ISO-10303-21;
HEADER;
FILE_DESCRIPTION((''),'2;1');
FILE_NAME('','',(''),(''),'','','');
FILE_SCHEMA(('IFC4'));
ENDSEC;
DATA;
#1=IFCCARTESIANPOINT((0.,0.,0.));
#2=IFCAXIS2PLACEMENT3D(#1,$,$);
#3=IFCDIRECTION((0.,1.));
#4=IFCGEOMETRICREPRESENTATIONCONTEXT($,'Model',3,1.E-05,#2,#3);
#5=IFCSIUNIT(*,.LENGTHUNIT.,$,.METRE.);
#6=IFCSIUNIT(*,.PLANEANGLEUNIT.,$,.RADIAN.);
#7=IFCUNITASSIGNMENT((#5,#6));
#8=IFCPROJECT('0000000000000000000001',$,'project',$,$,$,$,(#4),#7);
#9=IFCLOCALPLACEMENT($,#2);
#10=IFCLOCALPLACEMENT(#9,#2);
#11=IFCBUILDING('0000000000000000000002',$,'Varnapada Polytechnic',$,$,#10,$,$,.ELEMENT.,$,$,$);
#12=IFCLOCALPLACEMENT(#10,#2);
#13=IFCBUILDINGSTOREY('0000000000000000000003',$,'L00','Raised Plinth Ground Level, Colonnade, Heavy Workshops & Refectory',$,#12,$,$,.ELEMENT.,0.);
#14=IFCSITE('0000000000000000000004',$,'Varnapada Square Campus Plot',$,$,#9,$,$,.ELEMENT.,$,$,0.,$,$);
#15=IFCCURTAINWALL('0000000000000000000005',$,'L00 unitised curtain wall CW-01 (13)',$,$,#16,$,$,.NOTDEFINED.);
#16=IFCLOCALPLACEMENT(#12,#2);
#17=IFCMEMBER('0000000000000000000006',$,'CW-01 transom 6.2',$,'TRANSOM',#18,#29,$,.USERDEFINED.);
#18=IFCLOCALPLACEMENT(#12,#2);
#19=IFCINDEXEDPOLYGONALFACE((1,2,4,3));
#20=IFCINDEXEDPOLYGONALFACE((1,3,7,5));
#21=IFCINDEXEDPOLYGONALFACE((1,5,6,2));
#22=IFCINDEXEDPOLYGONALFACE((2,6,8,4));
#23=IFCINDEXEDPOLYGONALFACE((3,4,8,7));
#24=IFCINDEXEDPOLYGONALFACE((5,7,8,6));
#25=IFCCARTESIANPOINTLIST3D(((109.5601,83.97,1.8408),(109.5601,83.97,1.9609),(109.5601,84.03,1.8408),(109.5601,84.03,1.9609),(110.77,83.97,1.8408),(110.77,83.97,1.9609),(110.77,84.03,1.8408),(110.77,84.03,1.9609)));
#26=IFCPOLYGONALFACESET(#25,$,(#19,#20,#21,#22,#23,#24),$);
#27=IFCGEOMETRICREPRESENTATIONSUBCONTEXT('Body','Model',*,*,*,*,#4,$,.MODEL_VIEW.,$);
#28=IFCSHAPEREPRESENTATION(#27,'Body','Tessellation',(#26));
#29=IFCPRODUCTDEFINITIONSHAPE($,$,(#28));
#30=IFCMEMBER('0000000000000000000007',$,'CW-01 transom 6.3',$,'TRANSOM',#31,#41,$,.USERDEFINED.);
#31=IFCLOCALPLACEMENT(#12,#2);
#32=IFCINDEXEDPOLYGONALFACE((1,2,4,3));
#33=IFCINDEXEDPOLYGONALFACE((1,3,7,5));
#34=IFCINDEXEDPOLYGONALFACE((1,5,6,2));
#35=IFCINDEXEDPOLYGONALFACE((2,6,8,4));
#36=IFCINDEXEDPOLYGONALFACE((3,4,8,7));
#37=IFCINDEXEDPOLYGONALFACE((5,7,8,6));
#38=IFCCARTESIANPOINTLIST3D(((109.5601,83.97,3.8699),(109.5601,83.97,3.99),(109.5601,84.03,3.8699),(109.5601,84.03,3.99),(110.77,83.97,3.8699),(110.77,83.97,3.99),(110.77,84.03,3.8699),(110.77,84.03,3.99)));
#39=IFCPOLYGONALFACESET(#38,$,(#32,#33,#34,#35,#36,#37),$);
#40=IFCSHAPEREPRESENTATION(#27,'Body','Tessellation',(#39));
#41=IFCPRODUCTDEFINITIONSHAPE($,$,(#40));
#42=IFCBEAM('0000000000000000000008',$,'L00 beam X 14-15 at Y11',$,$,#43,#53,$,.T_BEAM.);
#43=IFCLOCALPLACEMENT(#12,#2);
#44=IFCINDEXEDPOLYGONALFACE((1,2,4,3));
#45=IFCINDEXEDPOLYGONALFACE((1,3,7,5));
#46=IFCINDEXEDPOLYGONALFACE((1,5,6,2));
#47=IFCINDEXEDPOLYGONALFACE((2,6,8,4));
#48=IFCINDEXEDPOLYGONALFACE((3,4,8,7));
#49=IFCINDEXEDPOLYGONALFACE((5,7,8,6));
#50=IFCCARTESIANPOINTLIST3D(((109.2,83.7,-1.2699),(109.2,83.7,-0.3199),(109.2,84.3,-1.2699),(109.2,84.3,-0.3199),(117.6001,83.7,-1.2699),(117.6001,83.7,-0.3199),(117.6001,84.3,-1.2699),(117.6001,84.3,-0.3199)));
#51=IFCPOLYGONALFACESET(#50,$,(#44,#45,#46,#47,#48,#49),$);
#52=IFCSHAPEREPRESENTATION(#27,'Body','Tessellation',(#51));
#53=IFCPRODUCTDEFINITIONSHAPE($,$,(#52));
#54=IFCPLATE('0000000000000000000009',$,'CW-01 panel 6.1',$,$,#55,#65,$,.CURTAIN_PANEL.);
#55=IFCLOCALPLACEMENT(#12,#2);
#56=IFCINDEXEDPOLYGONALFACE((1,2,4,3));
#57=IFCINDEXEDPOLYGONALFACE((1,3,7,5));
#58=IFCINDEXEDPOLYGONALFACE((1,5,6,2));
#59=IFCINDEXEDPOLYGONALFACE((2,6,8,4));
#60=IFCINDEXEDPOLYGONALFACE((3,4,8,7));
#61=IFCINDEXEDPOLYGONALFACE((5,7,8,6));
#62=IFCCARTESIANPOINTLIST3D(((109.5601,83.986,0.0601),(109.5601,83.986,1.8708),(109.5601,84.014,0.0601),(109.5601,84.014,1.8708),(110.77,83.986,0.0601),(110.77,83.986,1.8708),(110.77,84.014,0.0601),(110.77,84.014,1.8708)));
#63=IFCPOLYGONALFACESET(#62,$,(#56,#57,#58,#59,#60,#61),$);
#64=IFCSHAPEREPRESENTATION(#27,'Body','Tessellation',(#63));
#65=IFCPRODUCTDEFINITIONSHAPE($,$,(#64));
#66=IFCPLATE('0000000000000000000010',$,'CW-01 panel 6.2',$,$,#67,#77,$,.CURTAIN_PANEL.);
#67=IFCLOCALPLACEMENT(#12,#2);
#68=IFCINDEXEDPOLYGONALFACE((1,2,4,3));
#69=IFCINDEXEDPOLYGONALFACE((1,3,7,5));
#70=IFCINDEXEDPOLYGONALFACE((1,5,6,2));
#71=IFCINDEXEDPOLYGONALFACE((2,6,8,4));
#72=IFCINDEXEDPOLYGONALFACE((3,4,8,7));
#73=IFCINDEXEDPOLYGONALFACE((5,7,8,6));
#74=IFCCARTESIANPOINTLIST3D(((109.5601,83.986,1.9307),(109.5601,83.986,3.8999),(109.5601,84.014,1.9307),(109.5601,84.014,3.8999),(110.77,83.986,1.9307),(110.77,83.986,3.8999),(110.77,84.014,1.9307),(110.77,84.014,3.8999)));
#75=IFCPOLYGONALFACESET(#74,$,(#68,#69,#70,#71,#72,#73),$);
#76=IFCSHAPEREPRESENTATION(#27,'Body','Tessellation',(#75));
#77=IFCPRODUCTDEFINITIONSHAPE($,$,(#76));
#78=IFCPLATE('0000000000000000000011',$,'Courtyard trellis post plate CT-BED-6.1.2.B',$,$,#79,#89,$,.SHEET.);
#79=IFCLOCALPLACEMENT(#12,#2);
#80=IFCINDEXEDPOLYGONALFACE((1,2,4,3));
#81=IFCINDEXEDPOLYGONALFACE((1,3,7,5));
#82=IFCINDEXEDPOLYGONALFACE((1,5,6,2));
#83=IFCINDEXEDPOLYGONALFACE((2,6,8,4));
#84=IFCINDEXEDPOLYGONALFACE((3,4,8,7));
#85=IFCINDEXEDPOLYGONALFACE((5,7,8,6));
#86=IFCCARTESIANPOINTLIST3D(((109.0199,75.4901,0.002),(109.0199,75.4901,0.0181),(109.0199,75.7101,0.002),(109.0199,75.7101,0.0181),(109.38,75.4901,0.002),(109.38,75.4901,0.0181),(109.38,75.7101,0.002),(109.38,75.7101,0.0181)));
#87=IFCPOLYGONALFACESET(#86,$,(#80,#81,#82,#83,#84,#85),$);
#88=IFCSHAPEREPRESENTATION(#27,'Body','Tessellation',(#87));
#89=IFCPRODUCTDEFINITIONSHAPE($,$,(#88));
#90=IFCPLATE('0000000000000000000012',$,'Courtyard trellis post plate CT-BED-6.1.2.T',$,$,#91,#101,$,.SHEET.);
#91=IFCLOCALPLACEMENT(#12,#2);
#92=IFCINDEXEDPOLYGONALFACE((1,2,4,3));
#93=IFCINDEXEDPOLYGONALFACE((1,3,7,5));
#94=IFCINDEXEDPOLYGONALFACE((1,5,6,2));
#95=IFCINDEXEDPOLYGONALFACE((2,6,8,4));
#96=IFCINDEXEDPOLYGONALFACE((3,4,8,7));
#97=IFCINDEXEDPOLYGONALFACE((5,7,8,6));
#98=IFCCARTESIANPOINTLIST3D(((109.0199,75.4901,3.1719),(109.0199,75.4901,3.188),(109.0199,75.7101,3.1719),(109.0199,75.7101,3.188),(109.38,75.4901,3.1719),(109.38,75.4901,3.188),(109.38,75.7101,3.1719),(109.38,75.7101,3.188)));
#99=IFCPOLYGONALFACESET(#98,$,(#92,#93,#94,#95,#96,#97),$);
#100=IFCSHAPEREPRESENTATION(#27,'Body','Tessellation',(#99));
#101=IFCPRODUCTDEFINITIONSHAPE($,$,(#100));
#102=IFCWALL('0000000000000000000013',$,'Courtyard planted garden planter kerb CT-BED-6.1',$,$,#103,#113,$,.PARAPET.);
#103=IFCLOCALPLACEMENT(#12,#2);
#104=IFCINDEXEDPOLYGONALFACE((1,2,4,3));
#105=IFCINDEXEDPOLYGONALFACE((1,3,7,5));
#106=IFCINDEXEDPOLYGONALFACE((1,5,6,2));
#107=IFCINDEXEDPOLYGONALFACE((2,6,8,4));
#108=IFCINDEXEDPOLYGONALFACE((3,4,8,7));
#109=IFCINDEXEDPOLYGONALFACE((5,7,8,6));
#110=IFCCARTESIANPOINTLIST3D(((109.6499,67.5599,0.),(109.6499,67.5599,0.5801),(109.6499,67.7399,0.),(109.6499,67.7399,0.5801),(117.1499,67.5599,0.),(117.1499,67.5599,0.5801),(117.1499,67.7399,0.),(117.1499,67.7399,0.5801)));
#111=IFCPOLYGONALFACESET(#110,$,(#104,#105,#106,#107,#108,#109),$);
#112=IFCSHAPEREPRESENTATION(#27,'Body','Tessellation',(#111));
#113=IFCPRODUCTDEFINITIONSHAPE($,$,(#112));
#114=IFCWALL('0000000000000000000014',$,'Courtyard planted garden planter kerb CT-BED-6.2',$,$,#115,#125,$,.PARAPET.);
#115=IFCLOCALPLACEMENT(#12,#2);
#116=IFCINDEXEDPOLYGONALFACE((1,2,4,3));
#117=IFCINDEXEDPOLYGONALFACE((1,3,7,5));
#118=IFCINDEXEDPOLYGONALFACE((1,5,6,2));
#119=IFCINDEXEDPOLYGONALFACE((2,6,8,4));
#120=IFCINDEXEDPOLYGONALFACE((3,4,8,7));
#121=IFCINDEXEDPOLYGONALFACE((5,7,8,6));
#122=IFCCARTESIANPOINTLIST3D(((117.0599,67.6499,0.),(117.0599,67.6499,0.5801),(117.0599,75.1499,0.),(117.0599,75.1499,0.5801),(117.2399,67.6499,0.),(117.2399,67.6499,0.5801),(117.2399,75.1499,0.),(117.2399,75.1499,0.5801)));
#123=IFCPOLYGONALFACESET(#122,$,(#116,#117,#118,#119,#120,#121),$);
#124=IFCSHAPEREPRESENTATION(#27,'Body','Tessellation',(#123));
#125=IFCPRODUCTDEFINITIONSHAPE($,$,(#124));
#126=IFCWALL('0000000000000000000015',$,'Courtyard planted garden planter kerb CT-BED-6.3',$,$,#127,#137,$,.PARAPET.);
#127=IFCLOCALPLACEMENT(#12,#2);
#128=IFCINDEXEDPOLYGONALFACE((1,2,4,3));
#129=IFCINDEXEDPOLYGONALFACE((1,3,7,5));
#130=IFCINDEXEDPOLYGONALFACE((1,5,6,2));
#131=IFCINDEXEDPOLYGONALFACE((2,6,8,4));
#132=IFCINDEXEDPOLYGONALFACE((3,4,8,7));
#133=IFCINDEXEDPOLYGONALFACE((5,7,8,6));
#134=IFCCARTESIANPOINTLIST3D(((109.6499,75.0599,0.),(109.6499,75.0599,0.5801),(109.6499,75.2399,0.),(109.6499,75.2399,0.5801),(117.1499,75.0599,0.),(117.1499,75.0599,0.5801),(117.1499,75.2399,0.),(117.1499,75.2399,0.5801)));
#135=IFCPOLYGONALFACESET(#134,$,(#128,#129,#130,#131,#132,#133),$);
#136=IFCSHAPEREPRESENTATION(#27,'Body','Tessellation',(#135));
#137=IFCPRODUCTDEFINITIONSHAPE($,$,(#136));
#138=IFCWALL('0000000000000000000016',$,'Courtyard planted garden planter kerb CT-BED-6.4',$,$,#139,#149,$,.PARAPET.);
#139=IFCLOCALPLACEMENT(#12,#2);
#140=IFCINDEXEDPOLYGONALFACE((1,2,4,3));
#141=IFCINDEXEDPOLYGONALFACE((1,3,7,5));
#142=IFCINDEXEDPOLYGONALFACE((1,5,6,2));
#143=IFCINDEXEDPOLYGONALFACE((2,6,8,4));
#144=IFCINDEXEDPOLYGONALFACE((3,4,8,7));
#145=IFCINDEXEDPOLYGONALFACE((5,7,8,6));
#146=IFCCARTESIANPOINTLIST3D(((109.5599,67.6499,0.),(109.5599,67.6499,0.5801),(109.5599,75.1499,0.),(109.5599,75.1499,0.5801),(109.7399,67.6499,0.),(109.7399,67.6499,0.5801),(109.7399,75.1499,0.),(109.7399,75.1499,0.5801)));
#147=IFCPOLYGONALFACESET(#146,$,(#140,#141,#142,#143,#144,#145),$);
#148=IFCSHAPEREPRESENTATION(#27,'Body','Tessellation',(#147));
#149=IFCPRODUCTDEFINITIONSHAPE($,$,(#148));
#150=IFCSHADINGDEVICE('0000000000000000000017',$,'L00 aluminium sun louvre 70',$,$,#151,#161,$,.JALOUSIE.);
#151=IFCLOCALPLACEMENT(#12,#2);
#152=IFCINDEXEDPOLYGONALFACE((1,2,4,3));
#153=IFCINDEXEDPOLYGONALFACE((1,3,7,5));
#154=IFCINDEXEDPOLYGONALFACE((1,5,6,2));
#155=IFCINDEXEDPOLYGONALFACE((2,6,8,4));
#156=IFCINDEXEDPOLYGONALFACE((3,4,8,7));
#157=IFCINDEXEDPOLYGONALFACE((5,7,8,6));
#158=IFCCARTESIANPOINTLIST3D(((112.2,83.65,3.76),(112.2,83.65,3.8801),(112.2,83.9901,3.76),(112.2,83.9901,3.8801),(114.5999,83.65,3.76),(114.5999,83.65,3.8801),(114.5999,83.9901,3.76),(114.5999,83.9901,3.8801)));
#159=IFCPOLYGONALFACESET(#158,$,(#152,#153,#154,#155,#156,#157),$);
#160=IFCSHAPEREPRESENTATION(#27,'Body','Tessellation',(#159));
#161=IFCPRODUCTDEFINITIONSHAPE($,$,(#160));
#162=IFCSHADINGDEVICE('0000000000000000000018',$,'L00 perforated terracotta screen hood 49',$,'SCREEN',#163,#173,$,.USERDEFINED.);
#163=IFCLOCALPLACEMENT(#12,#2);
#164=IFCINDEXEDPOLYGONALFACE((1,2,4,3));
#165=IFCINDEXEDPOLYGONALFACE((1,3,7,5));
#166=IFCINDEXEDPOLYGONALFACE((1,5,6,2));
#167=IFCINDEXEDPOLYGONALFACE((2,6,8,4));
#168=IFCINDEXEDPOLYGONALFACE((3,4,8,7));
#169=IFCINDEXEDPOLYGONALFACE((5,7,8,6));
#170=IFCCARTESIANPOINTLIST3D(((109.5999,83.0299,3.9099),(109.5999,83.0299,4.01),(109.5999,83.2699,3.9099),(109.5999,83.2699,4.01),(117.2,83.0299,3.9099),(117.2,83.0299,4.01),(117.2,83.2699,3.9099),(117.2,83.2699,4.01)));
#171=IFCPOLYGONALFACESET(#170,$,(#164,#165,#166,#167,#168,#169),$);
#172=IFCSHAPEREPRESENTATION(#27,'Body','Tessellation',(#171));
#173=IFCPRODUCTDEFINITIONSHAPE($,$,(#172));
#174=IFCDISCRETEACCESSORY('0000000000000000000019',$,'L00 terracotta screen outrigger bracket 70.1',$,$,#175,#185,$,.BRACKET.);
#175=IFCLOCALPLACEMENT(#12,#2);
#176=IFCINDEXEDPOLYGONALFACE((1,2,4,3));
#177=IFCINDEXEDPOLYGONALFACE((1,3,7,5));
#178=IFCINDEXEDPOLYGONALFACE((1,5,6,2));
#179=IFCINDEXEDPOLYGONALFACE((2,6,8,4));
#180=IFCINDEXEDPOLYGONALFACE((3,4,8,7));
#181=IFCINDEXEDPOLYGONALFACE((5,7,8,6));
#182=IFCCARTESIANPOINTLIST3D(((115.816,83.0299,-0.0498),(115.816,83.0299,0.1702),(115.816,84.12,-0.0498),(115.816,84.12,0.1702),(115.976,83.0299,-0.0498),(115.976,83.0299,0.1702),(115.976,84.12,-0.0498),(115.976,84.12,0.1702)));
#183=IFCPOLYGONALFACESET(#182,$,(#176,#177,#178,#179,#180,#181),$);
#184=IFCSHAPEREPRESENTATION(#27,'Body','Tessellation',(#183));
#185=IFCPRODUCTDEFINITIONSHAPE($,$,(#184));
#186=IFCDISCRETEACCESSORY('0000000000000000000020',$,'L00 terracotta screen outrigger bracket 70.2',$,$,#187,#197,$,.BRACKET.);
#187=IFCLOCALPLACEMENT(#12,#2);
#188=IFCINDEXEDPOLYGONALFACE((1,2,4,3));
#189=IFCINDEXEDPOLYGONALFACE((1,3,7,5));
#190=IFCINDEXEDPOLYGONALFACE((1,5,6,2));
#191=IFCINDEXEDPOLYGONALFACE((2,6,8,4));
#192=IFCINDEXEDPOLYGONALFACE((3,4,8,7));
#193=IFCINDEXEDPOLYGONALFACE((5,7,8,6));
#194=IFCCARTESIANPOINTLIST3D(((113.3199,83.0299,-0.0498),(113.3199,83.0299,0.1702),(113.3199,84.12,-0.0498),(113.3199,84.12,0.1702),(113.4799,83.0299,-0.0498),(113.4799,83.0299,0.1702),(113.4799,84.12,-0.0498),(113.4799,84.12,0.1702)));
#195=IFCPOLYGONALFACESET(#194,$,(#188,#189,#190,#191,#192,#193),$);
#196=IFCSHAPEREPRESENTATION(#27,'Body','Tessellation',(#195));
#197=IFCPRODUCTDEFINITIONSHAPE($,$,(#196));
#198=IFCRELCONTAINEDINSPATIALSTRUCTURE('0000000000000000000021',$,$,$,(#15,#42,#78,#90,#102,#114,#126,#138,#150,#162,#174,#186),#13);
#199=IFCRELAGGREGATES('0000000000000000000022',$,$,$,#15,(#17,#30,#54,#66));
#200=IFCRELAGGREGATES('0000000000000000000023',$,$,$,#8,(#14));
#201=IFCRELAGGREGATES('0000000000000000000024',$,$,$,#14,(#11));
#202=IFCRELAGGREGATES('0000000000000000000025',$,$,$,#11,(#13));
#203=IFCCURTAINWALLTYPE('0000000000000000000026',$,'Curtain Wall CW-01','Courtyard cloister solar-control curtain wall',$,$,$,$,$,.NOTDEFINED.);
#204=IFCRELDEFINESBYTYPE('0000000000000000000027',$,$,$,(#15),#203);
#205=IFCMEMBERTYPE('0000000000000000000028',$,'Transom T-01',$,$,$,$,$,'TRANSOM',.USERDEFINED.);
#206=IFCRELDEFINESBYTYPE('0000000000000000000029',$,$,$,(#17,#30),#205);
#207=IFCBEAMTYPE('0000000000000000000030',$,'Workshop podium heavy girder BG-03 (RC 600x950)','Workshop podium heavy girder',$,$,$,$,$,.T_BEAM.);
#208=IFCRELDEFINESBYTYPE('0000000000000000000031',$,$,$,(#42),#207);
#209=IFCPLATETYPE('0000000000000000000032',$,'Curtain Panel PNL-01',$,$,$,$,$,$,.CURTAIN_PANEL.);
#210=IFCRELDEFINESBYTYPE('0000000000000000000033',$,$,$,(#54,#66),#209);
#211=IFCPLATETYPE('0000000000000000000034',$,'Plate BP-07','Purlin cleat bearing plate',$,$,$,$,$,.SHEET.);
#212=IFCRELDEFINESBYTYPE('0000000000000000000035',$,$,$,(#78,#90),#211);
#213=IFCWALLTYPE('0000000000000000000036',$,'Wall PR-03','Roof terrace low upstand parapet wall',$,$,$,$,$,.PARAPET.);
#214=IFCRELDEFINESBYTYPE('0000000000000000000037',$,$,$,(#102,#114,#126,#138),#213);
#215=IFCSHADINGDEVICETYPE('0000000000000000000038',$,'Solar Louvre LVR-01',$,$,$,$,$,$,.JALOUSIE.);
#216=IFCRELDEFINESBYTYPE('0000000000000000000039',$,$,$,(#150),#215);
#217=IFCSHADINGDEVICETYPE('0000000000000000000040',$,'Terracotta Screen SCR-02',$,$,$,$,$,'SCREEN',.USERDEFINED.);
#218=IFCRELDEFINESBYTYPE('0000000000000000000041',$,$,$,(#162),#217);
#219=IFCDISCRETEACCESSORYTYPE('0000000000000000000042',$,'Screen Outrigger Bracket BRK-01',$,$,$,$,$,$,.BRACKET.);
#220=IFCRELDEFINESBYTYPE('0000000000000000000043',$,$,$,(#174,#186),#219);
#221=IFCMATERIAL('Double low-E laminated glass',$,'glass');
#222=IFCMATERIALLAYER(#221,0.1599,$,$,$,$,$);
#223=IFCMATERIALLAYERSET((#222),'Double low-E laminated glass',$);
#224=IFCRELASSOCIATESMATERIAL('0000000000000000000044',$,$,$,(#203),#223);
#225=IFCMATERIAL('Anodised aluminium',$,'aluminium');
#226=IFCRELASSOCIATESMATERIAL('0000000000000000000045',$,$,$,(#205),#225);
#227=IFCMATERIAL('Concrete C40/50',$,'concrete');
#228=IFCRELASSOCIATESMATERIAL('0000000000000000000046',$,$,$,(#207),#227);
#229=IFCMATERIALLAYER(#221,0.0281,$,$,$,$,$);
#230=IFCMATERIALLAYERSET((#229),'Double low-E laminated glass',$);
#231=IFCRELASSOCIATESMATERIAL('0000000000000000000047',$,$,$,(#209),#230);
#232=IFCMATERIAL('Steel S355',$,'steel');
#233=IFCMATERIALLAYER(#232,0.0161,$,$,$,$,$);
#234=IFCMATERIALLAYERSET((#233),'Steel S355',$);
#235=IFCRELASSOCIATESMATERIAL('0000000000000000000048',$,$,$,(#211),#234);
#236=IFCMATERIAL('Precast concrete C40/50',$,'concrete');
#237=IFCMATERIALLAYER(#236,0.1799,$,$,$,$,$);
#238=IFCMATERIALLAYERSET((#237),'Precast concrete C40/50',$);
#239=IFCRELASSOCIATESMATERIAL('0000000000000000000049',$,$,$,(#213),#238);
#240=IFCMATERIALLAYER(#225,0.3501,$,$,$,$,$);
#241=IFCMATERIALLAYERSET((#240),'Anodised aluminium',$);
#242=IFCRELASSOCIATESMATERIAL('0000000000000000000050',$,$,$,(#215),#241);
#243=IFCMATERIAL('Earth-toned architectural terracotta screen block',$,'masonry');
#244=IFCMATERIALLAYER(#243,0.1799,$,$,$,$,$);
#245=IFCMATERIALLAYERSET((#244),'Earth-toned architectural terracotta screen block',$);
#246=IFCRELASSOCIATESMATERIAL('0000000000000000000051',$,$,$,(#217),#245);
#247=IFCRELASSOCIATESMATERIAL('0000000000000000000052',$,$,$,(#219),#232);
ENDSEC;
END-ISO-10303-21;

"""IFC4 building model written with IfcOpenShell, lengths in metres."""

from ifc_helpers import new_model, si_unit, direction, frame, frame_2d, origin, origin_2d, place, context, subcontext, project, spatial, rectangle, extrude, material, layer, layer_set, material_profile, profile_set, type_object, element, aggregate, save


model = new_model("IFC4")

# Units and contexts
model_context = context("Model", 3, precision=1e-05, world=origin(), true_north=direction((0.0, 1.0)))
body_context = subcontext(model_context, "Body", "Model", "MODEL_VIEW")
ifc_project = project(units=[si_unit("LENGTHUNIT", "METRE"), si_unit("PLANEANGLEUNIT", "RADIAN")], contexts=[model_context])

# Site, building, storey
site_placement = place(None, origin())
site = spatial("IfcSite", under=ifc_project, at=site_placement, Name="Varnapada Square Campus Plot", CompositionType="ELEMENT", RefElevation=0.0)
building_placement = place(site_placement, origin())
building = spatial("IfcBuilding", under=site, at=building_placement, Name="Varnapada Polytechnic", CompositionType="ELEMENT")
storey_placement = place(building_placement, origin())
storey = spatial("IfcBuildingStorey", under=building, at=storey_placement, Name="L00", Description="Raised Plinth Ground Level, Colonnade, Heavy Workshops & Refectory", CompositionType="ELEMENT", Elevation=0.0)

# Shared definitions
ifc_material_1 = material(Name="Concrete C40/50", Category="concrete")

# Curtain wall
ifc_material_2 = material(Name="Double low-E laminated glass", Category="glass")
ifc_layer_1 = layer(ifc_material_2, 0.1599)
ifc_layer_set_1 = layer_set([ifc_layer_1], Name="Double low-E laminated glass")
curtain_wall_type = type_object("IfcCurtainWallType", Name="Curtain Wall CW-01", Description="Courtyard cloister solar-control curtain wall", PredefinedType="NOTDEFINED", material=ifc_layer_set_1)
curtain_wall_placement = place(storey_placement, origin())
curtain_wall = element("IfcCurtainWall", 1, at=curtain_wall_placement, inside=storey, type_object=curtain_wall_type, Name="L00 unitised curtain wall CW-01 (13)", PredefinedType="NOTDEFINED")
ifc_material_3 = material(Name="Anodised aluminium", Category="aluminium")

# Members
ifc_material_4 = material(Name="Steel S355", Category="steel")
ifc_material_profile_1 = material_profile(ifc_material_3, rectangle(XDim=0.0601, YDim=0.1201, at=origin_2d()), Name="ALU T60x120")
ifc_profile_set_1 = profile_set([ifc_material_profile_1], Name="Anodised aluminium")
member_type_1 = type_object("IfcMemberType", Name="Transom T-01", ElementType="TRANSOM", PredefinedType="USERDEFINED", material=ifc_profile_set_1)
member_1_placement = place(storey_placement, frame((110.77, 84.0, 1.9009), z_axis=(-1.0, 0.0, 0.0), x_axis=(0.0, -1.0, 0.0)))
member_1 = element("IfcMember", 2, at=member_1_placement, type_object=member_type_1, Name="CW-01 transom 6.2", ObjectType="TRANSOM", PredefinedType="USERDEFINED", context=body_context, shape_type="SweptSolid", body=[
    extrude(rectangle(XDim=0.0601, YDim=0.1201, at=origin_2d()), origin(), (0.0, 0.0, 1.0), 1.21),
])
member_2_placement = place(storey_placement, frame((110.77, 84.0, 3.9299), z_axis=(-1.0, 0.0, 0.0), x_axis=(0.0, -1.0, 0.0)))
member_2 = element("IfcMember", 3, at=member_2_placement, type_object=member_type_1, Name="CW-01 transom 6.3", ObjectType="TRANSOM", PredefinedType="USERDEFINED", context=body_context, shape_type="SweptSolid", body=[
    extrude(rectangle(XDim=0.0601, YDim=0.1201, at=origin_2d()), origin(), (0.0, 0.0, 1.0), 1.21),
])

# Beam
ifc_material_profile_2 = material_profile(ifc_material_1, rectangle(XDim=0.6001, YDim=0.95, at=origin_2d()), Name="RC 600x950")
ifc_profile_set_2 = profile_set([ifc_material_profile_2], Name="Concrete C40/50")
beam_type_1 = type_object("IfcBeamType", Name="Workshop podium heavy girder BG-03 (RC 600x950)", Description="Workshop podium heavy girder", PredefinedType="T_BEAM", material=ifc_profile_set_2)
beam_1_placement = place(storey_placement, frame((109.2, 84.0, -0.7949), z_axis=(1.0, 0.0, 0.0), x_axis=(0.0, 1.0, 0.0)))
element("IfcBeam", 4, at=beam_1_placement, inside=storey, type_object=beam_type_1, Name="L00 beam X 14-15 at Y11", PredefinedType="T_BEAM", context=body_context, shape_type="SweptSolid", body=[
    extrude(rectangle(XDim=0.6001, YDim=0.95, at=origin_2d()), origin(), (0.0, 0.0, 1.0), 8.4001),
])

# Plates
ifc_layer_2 = layer(ifc_material_2, 0.0281)
ifc_layer_set_2 = layer_set([ifc_layer_2], Name="Double low-E laminated glass")
plate_type_1 = type_object("IfcPlateType", Name="Curtain Panel PNL-01", PredefinedType="CURTAIN_PANEL", material=ifc_layer_set_2)
plate_1_placement = place(storey_placement, frame((110.165, 84.0, 0.0601), z_axis=(0.0, 0.0, 1.0), x_axis=(-1.0, 0.0, 0.0)))
plate_1 = element("IfcPlate", 5, at=plate_1_placement, type_object=plate_type_1, Name="CW-01 panel 6.1", PredefinedType="CURTAIN_PANEL", context=body_context, shape_type="SweptSolid", body=[
    extrude(rectangle(XDim=1.21, YDim=0.0281, at=origin_2d()), origin(), (0.0, 0.0, 1.0), 1.8108),
])
plate_2_placement = place(storey_placement, frame((110.165, 84.0, 1.9307), z_axis=(0.0, 0.0, 1.0), x_axis=(-1.0, 0.0, 0.0)))
plate_2 = element("IfcPlate", 6, at=plate_2_placement, type_object=plate_type_1, Name="CW-01 panel 6.2", PredefinedType="CURTAIN_PANEL", context=body_context, shape_type="SweptSolid", body=[
    extrude(rectangle(XDim=1.21, YDim=0.0281, at=origin_2d()), origin(), (0.0, 0.0, 1.0), 1.9692),
])
aggregate(curtain_wall, [member_1, member_2, plate_1, plate_2])

# Plates
ifc_layer_3 = layer(ifc_material_4, 0.0161)
ifc_layer_set_3 = layer_set([ifc_layer_3], Name="Steel S355")
plate_type_2 = type_object("IfcPlateType", Name="Plate BP-07", Description="Purlin cleat bearing plate", PredefinedType="SHEET", material=ifc_layer_set_3)
for number, where, z_axis, x_axis, name in (
    (7, (109.2, 75.6001, 0.002), (0.0, 0.0, 1.0), (1.0, 0.0, 0.0), "Courtyard trellis post plate CT-BED-6.1.2.B"),
    (8, (109.2, 75.6001, 3.1719), (0.0, 0.0, 1.0), (1.0, 0.0, 0.0), "Courtyard trellis post plate CT-BED-6.1.2.T"),
):
    element("IfcPlate", number, at=place(storey_placement, frame(where, z_axis=z_axis, x_axis=x_axis)), inside=storey, type_object=plate_type_2, Name=name, PredefinedType="SHEET", context=body_context, shape_type="SweptSolid", body=[
        extrude(rectangle(XDim=0.3601, YDim=0.22, at=origin_2d()), origin(), (0.0, 0.0, 1.0), 0.0161),
    ])

# Walls
ifc_material_5 = material(Name="Precast concrete C40/50", Category="concrete")
ifc_layer_4 = layer(ifc_material_5, 0.1799)
ifc_layer_set_4 = layer_set([ifc_layer_4], Name="Precast concrete C40/50")
wall_type = type_object("IfcWallType", Name="Wall PR-03", Description="Roof terrace low upstand parapet wall", PredefinedType="PARAPET", material=ifc_layer_set_4)
for number, where, z_axis, x_axis, name in (
    (9, (109.6499, 67.6499, 0.0), (0.0, 0.0, 1.0), (1.0, 0.0, 0.0), "Courtyard planted garden planter kerb CT-BED-6.1"),
    (10, (117.1499, 67.6499, 0.0), (0.0, 0.0, 1.0), (0.0, 1.0, 0.0), "Courtyard planted garden planter kerb CT-BED-6.2"),
    (11, (117.1499, 75.1499, 0.0), (0.0, 0.0, 1.0), (-1.0, 0.0, 0.0), "Courtyard planted garden planter kerb CT-BED-6.3"),
    (12, (109.6499, 75.1499, 0.0), (0.0, 0.0, 1.0), (0.0, -1.0, 0.0), "Courtyard planted garden planter kerb CT-BED-6.4"),
):
    element("IfcWall", number, at=place(storey_placement, frame(where, z_axis=z_axis, x_axis=x_axis)), inside=storey, type_object=wall_type, Name=name, PredefinedType="PARAPET", context=body_context, shape_type="SweptSolid", body=[
        extrude(rectangle(XDim=7.5, YDim=0.1799, at=frame_2d((3.75, 0.0))), origin(), (0.0, 0.0, 1.0), 0.5801),
    ])

# Shading devices
ifc_layer_5 = layer(ifc_material_3, 0.3501)
ifc_layer_set_5 = layer_set([ifc_layer_5], Name="Anodised aluminium")
shading_device_type_1 = type_object("IfcShadingDeviceType", Name="Solar Louvre LVR-01", PredefinedType="JALOUSIE", material=ifc_layer_set_5)
shading_device_1_placement = place(storey_placement, frame((113.3999, 83.8201, 3.76), z_axis=(0.0, 0.0, 1.0), x_axis=(-1.0, 0.0, 0.0)))
element("IfcShadingDevice", 13, at=shading_device_1_placement, inside=storey, type_object=shading_device_type_1, Name="L00 aluminium sun louvre 70", PredefinedType="JALOUSIE", context=body_context, shape_type="SweptSolid", body=[
    extrude(rectangle(XDim=2.3999, YDim=0.3401, at=origin_2d()), origin(), (0.0, 0.0, 1.0), 0.1201),
])
ifc_material_6 = material(Name="Earth-toned architectural terracotta screen block", Category="masonry")
ifc_layer_6 = layer(ifc_material_6, 0.1799)
ifc_layer_set_6 = layer_set([ifc_layer_6], Name="Earth-toned architectural terracotta screen block")
shading_device_type_2 = type_object("IfcShadingDeviceType", Name="Terracotta Screen SCR-02", ElementType="SCREEN", PredefinedType="USERDEFINED", material=ifc_layer_set_6)
shading_device_2_placement = place(storey_placement, frame((113.3999, 83.1499, 3.9099), z_axis=(0.0, 0.0, 1.0), x_axis=(-1.0, 0.0, 0.0)))
element("IfcShadingDevice", 14, at=shading_device_2_placement, inside=storey, type_object=shading_device_type_2, Name="L00 perforated terracotta screen hood 49", ObjectType="SCREEN", PredefinedType="USERDEFINED", context=body_context, shape_type="SweptSolid", body=[
    extrude(rectangle(XDim=7.6001, YDim=0.24, at=origin_2d()), origin(), (0.0, 0.0, 1.0), 0.1001),
])

# Discrete accessories
discrete_accessory_type = type_object("IfcDiscreteAccessoryType", Name="Screen Outrigger Bracket BRK-01", PredefinedType="BRACKET", material=ifc_material_4)
for number, where, z_axis, x_axis, name in (
    (15, (115.896, 83.575, -0.0498), (0.0, 0.0, 1.0), (-1.0, 0.0, 0.0), "L00 terracotta screen outrigger bracket 70.1"),
    (16, (113.3999, 83.575, -0.0498), (0.0, 0.0, 1.0), (-1.0, 0.0, 0.0), "L00 terracotta screen outrigger bracket 70.2"),
):
    element("IfcDiscreteAccessory", number, at=place(storey_placement, frame(where, z_axis=z_axis, x_axis=x_axis)), inside=storey, type_object=discrete_accessory_type, Name=name, PredefinedType="BRACKET", context=body_context, shape_type="SweptSolid", body=[
        extrude(rectangle(XDim=0.1599, YDim=1.0901, at=origin_2d()), origin(), (0.0, 0.0, 1.0), 0.22),
    ])

save(model, "model.ifc")
